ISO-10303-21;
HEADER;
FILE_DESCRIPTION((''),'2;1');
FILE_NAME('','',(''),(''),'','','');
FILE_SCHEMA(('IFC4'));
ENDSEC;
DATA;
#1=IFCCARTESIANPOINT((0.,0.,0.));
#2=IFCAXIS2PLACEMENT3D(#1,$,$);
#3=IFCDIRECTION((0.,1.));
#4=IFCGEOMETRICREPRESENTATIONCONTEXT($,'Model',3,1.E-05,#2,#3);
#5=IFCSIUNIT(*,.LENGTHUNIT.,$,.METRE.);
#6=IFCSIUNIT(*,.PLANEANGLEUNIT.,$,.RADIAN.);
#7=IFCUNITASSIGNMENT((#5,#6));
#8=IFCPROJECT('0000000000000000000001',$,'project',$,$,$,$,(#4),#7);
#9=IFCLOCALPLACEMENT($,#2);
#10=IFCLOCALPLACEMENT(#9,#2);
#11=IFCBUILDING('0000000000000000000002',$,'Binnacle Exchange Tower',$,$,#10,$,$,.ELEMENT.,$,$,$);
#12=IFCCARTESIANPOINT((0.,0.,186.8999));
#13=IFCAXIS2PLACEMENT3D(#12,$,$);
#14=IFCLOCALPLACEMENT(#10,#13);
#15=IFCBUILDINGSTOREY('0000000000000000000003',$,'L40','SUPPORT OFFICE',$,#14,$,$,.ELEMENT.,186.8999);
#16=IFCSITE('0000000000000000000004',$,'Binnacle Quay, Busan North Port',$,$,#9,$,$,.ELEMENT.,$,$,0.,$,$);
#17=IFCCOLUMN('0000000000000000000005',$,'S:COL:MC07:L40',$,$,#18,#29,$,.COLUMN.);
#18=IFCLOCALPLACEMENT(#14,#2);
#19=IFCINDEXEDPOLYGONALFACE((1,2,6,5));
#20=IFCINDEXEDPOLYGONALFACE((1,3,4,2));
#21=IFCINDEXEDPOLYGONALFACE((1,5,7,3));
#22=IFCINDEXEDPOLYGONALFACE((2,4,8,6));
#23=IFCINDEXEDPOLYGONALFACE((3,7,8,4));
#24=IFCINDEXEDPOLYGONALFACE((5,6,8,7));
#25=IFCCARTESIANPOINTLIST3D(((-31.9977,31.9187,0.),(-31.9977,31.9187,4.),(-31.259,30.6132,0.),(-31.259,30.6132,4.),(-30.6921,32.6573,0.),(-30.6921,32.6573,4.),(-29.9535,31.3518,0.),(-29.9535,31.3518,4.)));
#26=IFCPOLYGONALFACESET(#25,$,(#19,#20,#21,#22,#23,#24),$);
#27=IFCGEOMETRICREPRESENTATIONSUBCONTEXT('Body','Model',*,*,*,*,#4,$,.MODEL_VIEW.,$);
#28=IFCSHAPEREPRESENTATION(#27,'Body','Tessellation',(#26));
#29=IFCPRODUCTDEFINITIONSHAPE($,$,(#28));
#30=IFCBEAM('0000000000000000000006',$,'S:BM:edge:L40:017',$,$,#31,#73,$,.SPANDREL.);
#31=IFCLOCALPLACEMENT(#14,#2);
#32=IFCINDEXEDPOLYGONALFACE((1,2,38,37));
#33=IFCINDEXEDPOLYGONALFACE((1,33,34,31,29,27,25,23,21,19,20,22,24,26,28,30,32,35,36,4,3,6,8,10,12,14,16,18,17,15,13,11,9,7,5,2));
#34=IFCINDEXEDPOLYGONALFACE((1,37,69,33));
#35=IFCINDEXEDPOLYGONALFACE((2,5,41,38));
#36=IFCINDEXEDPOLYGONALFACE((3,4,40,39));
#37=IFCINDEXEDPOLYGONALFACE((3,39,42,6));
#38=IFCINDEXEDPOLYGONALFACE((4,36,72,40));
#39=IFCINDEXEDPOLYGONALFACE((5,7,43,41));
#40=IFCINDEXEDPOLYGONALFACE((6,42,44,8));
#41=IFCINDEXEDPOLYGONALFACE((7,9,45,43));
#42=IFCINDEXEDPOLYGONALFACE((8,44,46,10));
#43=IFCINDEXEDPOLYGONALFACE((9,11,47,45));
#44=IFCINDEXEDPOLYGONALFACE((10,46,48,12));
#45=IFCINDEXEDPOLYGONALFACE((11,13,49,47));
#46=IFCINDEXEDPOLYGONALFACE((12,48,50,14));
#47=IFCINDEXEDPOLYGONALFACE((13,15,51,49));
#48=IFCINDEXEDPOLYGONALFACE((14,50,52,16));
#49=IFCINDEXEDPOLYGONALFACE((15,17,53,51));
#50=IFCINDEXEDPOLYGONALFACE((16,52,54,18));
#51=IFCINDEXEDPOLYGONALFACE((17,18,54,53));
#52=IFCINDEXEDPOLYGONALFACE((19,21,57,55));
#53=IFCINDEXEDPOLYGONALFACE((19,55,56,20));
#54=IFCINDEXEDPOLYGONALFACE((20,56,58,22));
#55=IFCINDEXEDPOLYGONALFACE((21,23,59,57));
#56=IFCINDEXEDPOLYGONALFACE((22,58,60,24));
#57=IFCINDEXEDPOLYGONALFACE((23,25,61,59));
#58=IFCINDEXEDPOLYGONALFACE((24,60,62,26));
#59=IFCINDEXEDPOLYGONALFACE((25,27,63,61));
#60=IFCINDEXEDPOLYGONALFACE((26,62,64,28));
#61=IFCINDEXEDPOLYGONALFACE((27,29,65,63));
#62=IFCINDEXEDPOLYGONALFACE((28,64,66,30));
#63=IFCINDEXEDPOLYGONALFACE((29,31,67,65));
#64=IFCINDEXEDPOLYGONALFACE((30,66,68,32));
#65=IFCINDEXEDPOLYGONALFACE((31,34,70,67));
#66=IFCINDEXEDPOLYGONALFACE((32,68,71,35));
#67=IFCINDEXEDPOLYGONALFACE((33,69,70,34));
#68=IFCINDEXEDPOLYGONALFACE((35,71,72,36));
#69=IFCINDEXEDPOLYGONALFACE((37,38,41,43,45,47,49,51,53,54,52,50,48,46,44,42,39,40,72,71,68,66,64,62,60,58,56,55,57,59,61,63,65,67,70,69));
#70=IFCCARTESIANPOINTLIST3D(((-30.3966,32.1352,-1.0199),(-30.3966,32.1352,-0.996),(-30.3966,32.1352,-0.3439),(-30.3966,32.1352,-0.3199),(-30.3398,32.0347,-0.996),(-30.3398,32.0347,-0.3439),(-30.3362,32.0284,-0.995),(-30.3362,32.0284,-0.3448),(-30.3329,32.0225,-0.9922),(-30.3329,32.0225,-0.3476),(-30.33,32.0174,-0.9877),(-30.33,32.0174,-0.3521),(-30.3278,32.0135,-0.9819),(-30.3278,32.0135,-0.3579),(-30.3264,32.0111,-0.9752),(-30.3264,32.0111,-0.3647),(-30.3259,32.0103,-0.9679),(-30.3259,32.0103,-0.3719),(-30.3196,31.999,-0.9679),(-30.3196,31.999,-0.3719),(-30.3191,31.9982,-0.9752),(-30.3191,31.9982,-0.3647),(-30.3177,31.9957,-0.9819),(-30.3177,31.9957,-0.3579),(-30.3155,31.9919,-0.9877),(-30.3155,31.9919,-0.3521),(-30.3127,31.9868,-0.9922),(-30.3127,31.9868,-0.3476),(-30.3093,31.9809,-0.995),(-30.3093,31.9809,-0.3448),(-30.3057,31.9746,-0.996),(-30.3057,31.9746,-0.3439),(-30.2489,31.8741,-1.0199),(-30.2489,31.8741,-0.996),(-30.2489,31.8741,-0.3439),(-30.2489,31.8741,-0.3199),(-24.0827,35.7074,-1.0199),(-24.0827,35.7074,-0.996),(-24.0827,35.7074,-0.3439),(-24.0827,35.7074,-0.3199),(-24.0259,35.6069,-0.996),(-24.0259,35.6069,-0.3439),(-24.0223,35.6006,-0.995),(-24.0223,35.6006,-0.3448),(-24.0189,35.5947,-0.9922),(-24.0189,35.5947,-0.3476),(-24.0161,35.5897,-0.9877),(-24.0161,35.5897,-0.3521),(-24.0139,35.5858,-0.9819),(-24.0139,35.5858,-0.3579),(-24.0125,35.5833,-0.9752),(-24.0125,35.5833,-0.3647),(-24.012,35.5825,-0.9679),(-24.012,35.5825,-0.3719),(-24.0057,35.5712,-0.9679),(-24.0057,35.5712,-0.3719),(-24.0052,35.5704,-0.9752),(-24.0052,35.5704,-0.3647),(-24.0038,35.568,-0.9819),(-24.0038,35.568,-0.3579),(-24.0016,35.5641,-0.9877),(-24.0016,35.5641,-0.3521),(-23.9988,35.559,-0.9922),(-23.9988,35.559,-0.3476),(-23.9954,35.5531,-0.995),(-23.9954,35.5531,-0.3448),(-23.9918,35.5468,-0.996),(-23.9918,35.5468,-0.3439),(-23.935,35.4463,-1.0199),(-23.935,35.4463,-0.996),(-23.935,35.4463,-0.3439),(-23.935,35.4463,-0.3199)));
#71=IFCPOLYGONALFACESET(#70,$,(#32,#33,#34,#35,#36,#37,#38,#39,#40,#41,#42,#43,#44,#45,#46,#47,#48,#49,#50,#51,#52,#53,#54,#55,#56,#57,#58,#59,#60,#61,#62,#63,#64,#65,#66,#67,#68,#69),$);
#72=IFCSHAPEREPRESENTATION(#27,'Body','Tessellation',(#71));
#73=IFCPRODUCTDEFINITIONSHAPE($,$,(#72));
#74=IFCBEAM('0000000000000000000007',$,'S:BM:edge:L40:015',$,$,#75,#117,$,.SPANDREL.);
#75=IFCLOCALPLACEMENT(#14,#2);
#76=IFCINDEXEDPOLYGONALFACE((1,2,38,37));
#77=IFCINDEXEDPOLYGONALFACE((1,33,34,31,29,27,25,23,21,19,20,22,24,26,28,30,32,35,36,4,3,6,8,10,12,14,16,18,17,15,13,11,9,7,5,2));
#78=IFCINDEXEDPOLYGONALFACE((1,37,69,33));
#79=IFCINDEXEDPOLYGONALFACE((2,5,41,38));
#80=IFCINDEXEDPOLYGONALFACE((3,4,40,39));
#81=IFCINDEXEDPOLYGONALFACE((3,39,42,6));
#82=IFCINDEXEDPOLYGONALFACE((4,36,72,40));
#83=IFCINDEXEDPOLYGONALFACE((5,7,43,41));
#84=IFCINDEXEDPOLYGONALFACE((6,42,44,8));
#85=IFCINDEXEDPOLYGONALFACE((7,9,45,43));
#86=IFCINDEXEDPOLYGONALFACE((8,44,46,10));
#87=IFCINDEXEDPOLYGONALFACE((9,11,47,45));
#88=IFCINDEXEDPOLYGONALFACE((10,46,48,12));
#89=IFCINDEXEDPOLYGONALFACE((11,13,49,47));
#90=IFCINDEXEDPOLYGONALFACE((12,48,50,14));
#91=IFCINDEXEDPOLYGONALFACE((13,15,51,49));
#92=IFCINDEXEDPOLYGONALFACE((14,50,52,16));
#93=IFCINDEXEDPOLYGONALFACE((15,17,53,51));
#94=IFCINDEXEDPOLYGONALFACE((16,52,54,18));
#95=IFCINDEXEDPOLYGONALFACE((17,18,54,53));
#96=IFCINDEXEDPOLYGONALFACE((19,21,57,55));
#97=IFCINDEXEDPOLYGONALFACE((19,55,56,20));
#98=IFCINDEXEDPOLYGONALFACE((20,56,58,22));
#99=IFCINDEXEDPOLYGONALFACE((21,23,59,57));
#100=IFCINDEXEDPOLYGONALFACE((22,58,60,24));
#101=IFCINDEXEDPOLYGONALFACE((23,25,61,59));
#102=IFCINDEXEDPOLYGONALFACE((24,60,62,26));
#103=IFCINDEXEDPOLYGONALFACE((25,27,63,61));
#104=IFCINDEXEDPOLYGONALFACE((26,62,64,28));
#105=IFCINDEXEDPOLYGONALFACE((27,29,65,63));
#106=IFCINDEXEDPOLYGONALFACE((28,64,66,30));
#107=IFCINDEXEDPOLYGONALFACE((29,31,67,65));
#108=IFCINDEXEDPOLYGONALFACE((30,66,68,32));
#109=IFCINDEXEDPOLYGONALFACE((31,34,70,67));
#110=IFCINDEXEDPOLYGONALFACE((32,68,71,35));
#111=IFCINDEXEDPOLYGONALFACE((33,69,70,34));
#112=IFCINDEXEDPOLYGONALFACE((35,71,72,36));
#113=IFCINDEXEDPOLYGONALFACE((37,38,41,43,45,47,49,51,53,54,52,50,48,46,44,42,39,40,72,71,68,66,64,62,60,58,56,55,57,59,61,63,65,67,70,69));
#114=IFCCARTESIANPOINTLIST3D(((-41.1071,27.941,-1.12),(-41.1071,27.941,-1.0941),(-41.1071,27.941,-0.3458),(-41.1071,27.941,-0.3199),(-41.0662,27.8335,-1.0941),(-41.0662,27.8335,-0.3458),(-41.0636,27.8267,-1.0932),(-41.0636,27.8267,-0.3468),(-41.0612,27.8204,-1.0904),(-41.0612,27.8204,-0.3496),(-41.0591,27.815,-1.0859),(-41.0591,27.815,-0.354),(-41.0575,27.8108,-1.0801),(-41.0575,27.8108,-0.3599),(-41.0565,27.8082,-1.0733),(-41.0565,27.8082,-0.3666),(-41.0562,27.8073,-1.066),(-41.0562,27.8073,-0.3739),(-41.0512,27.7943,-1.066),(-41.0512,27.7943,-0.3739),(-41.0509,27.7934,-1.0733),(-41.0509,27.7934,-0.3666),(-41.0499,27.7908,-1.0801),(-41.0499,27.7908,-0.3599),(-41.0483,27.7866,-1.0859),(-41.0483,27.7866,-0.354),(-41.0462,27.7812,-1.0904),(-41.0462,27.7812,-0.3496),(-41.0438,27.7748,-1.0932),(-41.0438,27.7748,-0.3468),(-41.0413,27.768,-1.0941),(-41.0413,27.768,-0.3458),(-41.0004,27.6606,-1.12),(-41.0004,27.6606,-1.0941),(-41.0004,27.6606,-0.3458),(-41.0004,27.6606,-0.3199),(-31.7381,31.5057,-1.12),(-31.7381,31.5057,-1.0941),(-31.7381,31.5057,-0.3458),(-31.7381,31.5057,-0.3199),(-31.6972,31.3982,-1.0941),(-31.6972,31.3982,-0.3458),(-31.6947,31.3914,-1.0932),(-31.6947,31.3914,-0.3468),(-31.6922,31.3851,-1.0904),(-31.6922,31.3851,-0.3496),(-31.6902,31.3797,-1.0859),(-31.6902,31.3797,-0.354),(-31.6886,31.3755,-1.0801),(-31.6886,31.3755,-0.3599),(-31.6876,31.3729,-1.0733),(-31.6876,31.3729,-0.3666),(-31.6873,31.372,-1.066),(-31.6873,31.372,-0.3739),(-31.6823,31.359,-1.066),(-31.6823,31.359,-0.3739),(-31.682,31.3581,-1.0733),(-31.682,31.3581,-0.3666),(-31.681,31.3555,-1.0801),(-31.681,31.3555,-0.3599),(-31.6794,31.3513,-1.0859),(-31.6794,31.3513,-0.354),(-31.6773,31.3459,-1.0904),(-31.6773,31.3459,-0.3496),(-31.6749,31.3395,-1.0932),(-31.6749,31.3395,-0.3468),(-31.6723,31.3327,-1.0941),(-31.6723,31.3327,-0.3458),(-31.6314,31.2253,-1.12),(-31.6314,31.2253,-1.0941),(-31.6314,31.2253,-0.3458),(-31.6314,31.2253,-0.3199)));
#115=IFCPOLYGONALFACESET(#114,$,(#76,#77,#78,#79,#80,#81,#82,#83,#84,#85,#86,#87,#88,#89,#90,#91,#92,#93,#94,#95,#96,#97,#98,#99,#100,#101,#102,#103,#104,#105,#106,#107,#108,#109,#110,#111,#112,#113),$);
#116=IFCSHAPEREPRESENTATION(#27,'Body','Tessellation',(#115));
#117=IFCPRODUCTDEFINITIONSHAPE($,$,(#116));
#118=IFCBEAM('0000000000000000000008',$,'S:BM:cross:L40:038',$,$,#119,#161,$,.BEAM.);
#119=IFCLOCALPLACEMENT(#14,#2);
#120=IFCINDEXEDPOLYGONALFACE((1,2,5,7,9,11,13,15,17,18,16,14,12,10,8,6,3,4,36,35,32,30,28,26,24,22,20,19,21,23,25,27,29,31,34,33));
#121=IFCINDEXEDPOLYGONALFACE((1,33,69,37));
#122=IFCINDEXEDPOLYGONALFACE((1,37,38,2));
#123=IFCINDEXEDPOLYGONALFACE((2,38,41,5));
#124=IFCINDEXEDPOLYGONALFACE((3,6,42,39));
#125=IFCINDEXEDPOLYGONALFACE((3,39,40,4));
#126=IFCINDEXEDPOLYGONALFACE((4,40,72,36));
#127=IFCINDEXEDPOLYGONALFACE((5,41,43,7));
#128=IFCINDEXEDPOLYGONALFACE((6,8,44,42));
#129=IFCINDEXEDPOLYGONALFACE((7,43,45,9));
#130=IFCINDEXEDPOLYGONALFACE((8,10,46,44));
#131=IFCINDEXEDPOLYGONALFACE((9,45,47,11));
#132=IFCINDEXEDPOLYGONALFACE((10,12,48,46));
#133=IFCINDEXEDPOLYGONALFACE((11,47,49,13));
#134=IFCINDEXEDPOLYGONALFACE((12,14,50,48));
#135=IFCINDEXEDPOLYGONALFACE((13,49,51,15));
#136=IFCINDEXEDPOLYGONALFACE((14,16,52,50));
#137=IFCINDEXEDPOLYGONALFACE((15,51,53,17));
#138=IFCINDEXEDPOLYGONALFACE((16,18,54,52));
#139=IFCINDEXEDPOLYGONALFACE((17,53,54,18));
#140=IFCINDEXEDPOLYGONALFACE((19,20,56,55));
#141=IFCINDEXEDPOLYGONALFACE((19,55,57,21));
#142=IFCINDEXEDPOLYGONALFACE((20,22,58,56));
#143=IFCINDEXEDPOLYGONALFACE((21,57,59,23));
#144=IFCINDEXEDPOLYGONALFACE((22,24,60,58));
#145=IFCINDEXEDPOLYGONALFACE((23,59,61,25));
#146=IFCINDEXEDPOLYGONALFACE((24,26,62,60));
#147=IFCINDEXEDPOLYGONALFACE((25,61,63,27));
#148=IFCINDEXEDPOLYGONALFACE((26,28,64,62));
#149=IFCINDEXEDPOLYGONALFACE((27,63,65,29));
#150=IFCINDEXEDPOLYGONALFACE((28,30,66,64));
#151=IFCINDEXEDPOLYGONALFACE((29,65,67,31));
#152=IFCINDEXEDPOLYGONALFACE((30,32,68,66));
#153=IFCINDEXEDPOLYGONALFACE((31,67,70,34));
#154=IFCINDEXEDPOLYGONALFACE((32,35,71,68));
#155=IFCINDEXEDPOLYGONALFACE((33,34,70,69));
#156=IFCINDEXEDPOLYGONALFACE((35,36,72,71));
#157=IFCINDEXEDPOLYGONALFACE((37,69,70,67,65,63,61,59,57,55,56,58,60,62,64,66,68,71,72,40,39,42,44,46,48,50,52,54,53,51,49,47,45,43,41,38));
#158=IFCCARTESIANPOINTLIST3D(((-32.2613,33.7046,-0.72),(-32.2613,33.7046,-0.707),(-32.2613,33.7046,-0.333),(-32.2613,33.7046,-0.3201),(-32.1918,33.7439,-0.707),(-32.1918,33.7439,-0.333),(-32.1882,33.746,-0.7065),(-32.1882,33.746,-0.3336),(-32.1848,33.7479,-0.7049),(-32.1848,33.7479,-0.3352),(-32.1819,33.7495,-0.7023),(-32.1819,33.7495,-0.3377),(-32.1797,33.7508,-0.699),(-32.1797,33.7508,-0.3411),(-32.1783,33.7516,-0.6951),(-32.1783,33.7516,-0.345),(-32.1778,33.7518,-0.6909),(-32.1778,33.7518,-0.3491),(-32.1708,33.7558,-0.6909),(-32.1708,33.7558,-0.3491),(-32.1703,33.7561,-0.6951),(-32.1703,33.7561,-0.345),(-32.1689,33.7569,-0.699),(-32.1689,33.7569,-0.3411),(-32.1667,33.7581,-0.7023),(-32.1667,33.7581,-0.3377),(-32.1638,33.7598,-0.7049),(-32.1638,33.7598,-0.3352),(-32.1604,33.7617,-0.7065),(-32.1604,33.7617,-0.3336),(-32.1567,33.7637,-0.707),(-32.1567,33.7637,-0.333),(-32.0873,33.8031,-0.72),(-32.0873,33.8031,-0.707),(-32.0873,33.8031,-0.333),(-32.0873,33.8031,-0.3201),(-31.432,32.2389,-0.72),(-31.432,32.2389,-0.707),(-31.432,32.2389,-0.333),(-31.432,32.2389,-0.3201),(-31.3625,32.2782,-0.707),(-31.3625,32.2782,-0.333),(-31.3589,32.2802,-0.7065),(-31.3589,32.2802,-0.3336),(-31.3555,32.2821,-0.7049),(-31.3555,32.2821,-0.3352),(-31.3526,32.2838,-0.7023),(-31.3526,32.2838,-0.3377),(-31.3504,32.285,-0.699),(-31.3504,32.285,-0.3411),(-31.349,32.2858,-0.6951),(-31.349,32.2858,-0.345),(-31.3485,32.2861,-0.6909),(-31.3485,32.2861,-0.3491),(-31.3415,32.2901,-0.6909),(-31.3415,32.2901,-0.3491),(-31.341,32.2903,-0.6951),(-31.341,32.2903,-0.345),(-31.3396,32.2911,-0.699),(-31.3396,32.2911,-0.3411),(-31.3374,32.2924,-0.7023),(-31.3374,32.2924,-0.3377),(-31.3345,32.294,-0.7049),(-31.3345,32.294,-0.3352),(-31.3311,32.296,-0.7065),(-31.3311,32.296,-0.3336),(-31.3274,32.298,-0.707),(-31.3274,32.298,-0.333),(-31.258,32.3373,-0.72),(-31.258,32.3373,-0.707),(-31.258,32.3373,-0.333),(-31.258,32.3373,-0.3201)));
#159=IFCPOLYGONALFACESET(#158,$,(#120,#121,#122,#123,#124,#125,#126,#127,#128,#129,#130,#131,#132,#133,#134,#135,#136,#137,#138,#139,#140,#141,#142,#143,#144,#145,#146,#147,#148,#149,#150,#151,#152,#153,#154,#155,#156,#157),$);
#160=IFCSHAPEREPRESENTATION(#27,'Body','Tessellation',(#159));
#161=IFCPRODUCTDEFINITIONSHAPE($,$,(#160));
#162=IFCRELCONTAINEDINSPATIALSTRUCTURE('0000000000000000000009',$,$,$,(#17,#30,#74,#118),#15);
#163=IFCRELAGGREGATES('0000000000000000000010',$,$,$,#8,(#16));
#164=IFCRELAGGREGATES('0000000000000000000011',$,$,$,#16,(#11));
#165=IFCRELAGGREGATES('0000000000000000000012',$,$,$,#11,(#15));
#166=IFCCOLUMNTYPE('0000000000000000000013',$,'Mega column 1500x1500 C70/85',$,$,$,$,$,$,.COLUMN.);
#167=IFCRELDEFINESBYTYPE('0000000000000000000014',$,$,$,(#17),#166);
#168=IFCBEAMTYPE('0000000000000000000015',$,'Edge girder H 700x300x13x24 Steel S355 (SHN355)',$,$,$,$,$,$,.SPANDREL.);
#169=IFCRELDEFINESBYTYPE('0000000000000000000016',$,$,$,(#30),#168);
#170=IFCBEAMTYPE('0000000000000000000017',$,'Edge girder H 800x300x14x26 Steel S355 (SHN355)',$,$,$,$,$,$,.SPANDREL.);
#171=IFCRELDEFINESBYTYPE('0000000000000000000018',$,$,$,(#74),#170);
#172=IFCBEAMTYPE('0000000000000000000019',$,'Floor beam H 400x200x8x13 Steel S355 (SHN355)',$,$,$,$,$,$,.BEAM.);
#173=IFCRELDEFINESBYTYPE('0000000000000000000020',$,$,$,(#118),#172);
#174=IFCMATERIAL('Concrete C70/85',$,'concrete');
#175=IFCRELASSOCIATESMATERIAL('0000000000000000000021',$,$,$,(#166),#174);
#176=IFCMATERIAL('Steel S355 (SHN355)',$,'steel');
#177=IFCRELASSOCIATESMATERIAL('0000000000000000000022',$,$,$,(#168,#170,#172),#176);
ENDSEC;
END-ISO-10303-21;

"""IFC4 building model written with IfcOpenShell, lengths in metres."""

from ifc_helpers import new_model, si_unit, direction, frame, origin, origin_2d, place, context, subcontext, project, spatial, rectangle, i_section, extrude, material, material_profile, profile_set, type_object, element, save


model = new_model("IFC4")

# Units and contexts
model_context = context("Model", 3, precision=1e-05, world=origin(), true_north=direction((0.0, 1.0)))
body_context = subcontext(model_context, "Body", "Model", "MODEL_VIEW")
ifc_project = project(units=[si_unit("LENGTHUNIT", "METRE"), si_unit("PLANEANGLEUNIT", "RADIAN")], contexts=[model_context])

# Site, building, storey
site_placement = place(None, origin())
site = spatial("IfcSite", under=ifc_project, at=site_placement, Name="Binnacle Quay, Busan North Port", CompositionType="ELEMENT", RefElevation=0.0)
building_placement = place(site_placement, origin())
building = spatial("IfcBuilding", under=site, at=building_placement, Name="Binnacle Exchange Tower", CompositionType="ELEMENT")
storey_placement = place(building_placement, frame((0.0, 0.0, 186.8999)))
storey = spatial("IfcBuildingStorey", under=building, at=storey_placement, Name="L40", Description="SUPPORT OFFICE", CompositionType="ELEMENT", Elevation=186.8999)

# Column
ifc_material_1 = material(Name="Concrete C70/85", Category="concrete")
ifc_material_profile_1 = material_profile(ifc_material_1, rectangle(XDim=1.5, YDim=1.5, at=origin_2d()), Name="Mega column 1500x1500 C70/85")
ifc_profile_set_1 = profile_set([ifc_material_profile_1], Name="Concrete C70/85")
column_type = type_object("IfcColumnType", Name="Mega column 1500x1500 C70/85", PredefinedType="COLUMN", material=ifc_profile_set_1)
column_placement = place(storey_placement, frame((-30.9756, 31.6353, 0.0), z_axis=(0.0, 0.0, 1.0), x_axis=(0.870356, 0.492424, 0.0)))
element("IfcColumn", 1, at=column_placement, inside=storey, type_object=column_type, Name="S:COL:MC07:L40", PredefinedType="COLUMN", context=body_context, shape_type="SweptSolid", body=[
    extrude(rectangle(XDim=1.5, YDim=1.5, at=origin_2d()), origin(), (0.0, 0.0, 1.0), 4.0),
])

# Beams
ifc_material_2 = material(Name="Steel S355 (SHN355)", Category="steel")
ifc_material_profile_2 = material_profile(ifc_material_2, i_section(OverallWidth=0.3, OverallDepth=0.7, WebThickness=0.0129, FlangeThickness=0.0239, FilletRadius=0.0281, at=origin_2d()), Name="H 700x300x13x24")
ifc_profile_set_2 = profile_set([ifc_material_profile_2], Name="Steel S355 (SHN355)")
beam_type_1 = type_object("IfcBeamType", Name="Edge girder H 700x300x13x24 Steel S355 (SHN355)", PredefinedType="SPANDREL", material=ifc_profile_set_2)
beam_1_placement = place(storey_placement, frame((-30.3228, 32.0046, -0.6699), z_axis=(0.870356, 0.492423, 0.0), x_axis=(-0.492423, 0.870356, 0.0)))
element("IfcBeam", 2, at=beam_1_placement, inside=storey, type_object=beam_type_1, Name="S:BM:edge:L40:017", PredefinedType="SPANDREL", context=body_context, shape_type="SweptSolid", body=[
    extrude(i_section(OverallWidth=0.3, OverallDepth=0.7, WebThickness=0.0129, FlangeThickness=0.0239, FilletRadius=0.0281, at=origin_2d()), origin(), (0.0, 0.0, 1.0), 7.2544),
])
ifc_material_profile_3 = material_profile(ifc_material_2, i_section(OverallWidth=0.3, OverallDepth=0.8, WebThickness=0.0139, FlangeThickness=0.0259, FilletRadius=0.0281, at=origin_2d()), Name="H 800x300x14x26")
ifc_profile_set_3 = profile_set([ifc_material_profile_3], Name="Steel S355 (SHN355)")
beam_type_2 = type_object("IfcBeamType", Name="Edge girder H 800x300x14x26 Steel S355 (SHN355)", PredefinedType="SPANDREL", material=ifc_profile_set_3)
beam_2_placement = place(storey_placement, frame((-41.0537, 27.8008, -0.72), z_axis=(0.934634, 0.355611, 0.0), x_axis=(-0.355611, 0.934634, 0.0)))
element("IfcBeam", 3, at=beam_2_placement, inside=storey, type_object=beam_type_2, Name="S:BM:edge:L40:015", PredefinedType="SPANDREL", context=body_context, shape_type="SweptSolid", body=[
    extrude(i_section(OverallWidth=0.3, OverallDepth=0.8, WebThickness=0.0139, FlangeThickness=0.0259, FilletRadius=0.0281, at=origin_2d()), origin(), (0.0, 0.0, 1.0), 10.0242),
])
ifc_material_profile_4 = material_profile(ifc_material_2, i_section(OverallWidth=0.2, OverallDepth=0.3999, WebThickness=0.0081, FlangeThickness=0.0129, FilletRadius=0.0161, at=origin_2d()), Name="H 400x200x8x13")
ifc_profile_set_4 = profile_set([ifc_material_profile_4], Name="Steel S355 (SHN355)")
beam_type_3 = type_object("IfcBeamType", Name="Floor beam H 400x200x8x13 Steel S355 (SHN355)", PredefinedType="BEAM", material=ifc_profile_set_4)
beam_3_placement = place(storey_placement, frame((-31.345, 32.2881, -0.52), z_axis=(-0.492435, 0.870349, 0.0), x_axis=(-0.870349, -0.492435, 0.0)))
element("IfcBeam", 4, at=beam_3_placement, inside=storey, type_object=beam_type_3, Name="S:BM:cross:L40:038", PredefinedType="BEAM", context=body_context, shape_type="SweptSolid", body=[
    extrude(i_section(OverallWidth=0.2, OverallDepth=0.3999, WebThickness=0.0081, FlangeThickness=0.0129, FilletRadius=0.0161, at=origin_2d()), origin(), (0.0, 0.0, 1.0), 1.6841),
])

save(model, "model.ifc")
